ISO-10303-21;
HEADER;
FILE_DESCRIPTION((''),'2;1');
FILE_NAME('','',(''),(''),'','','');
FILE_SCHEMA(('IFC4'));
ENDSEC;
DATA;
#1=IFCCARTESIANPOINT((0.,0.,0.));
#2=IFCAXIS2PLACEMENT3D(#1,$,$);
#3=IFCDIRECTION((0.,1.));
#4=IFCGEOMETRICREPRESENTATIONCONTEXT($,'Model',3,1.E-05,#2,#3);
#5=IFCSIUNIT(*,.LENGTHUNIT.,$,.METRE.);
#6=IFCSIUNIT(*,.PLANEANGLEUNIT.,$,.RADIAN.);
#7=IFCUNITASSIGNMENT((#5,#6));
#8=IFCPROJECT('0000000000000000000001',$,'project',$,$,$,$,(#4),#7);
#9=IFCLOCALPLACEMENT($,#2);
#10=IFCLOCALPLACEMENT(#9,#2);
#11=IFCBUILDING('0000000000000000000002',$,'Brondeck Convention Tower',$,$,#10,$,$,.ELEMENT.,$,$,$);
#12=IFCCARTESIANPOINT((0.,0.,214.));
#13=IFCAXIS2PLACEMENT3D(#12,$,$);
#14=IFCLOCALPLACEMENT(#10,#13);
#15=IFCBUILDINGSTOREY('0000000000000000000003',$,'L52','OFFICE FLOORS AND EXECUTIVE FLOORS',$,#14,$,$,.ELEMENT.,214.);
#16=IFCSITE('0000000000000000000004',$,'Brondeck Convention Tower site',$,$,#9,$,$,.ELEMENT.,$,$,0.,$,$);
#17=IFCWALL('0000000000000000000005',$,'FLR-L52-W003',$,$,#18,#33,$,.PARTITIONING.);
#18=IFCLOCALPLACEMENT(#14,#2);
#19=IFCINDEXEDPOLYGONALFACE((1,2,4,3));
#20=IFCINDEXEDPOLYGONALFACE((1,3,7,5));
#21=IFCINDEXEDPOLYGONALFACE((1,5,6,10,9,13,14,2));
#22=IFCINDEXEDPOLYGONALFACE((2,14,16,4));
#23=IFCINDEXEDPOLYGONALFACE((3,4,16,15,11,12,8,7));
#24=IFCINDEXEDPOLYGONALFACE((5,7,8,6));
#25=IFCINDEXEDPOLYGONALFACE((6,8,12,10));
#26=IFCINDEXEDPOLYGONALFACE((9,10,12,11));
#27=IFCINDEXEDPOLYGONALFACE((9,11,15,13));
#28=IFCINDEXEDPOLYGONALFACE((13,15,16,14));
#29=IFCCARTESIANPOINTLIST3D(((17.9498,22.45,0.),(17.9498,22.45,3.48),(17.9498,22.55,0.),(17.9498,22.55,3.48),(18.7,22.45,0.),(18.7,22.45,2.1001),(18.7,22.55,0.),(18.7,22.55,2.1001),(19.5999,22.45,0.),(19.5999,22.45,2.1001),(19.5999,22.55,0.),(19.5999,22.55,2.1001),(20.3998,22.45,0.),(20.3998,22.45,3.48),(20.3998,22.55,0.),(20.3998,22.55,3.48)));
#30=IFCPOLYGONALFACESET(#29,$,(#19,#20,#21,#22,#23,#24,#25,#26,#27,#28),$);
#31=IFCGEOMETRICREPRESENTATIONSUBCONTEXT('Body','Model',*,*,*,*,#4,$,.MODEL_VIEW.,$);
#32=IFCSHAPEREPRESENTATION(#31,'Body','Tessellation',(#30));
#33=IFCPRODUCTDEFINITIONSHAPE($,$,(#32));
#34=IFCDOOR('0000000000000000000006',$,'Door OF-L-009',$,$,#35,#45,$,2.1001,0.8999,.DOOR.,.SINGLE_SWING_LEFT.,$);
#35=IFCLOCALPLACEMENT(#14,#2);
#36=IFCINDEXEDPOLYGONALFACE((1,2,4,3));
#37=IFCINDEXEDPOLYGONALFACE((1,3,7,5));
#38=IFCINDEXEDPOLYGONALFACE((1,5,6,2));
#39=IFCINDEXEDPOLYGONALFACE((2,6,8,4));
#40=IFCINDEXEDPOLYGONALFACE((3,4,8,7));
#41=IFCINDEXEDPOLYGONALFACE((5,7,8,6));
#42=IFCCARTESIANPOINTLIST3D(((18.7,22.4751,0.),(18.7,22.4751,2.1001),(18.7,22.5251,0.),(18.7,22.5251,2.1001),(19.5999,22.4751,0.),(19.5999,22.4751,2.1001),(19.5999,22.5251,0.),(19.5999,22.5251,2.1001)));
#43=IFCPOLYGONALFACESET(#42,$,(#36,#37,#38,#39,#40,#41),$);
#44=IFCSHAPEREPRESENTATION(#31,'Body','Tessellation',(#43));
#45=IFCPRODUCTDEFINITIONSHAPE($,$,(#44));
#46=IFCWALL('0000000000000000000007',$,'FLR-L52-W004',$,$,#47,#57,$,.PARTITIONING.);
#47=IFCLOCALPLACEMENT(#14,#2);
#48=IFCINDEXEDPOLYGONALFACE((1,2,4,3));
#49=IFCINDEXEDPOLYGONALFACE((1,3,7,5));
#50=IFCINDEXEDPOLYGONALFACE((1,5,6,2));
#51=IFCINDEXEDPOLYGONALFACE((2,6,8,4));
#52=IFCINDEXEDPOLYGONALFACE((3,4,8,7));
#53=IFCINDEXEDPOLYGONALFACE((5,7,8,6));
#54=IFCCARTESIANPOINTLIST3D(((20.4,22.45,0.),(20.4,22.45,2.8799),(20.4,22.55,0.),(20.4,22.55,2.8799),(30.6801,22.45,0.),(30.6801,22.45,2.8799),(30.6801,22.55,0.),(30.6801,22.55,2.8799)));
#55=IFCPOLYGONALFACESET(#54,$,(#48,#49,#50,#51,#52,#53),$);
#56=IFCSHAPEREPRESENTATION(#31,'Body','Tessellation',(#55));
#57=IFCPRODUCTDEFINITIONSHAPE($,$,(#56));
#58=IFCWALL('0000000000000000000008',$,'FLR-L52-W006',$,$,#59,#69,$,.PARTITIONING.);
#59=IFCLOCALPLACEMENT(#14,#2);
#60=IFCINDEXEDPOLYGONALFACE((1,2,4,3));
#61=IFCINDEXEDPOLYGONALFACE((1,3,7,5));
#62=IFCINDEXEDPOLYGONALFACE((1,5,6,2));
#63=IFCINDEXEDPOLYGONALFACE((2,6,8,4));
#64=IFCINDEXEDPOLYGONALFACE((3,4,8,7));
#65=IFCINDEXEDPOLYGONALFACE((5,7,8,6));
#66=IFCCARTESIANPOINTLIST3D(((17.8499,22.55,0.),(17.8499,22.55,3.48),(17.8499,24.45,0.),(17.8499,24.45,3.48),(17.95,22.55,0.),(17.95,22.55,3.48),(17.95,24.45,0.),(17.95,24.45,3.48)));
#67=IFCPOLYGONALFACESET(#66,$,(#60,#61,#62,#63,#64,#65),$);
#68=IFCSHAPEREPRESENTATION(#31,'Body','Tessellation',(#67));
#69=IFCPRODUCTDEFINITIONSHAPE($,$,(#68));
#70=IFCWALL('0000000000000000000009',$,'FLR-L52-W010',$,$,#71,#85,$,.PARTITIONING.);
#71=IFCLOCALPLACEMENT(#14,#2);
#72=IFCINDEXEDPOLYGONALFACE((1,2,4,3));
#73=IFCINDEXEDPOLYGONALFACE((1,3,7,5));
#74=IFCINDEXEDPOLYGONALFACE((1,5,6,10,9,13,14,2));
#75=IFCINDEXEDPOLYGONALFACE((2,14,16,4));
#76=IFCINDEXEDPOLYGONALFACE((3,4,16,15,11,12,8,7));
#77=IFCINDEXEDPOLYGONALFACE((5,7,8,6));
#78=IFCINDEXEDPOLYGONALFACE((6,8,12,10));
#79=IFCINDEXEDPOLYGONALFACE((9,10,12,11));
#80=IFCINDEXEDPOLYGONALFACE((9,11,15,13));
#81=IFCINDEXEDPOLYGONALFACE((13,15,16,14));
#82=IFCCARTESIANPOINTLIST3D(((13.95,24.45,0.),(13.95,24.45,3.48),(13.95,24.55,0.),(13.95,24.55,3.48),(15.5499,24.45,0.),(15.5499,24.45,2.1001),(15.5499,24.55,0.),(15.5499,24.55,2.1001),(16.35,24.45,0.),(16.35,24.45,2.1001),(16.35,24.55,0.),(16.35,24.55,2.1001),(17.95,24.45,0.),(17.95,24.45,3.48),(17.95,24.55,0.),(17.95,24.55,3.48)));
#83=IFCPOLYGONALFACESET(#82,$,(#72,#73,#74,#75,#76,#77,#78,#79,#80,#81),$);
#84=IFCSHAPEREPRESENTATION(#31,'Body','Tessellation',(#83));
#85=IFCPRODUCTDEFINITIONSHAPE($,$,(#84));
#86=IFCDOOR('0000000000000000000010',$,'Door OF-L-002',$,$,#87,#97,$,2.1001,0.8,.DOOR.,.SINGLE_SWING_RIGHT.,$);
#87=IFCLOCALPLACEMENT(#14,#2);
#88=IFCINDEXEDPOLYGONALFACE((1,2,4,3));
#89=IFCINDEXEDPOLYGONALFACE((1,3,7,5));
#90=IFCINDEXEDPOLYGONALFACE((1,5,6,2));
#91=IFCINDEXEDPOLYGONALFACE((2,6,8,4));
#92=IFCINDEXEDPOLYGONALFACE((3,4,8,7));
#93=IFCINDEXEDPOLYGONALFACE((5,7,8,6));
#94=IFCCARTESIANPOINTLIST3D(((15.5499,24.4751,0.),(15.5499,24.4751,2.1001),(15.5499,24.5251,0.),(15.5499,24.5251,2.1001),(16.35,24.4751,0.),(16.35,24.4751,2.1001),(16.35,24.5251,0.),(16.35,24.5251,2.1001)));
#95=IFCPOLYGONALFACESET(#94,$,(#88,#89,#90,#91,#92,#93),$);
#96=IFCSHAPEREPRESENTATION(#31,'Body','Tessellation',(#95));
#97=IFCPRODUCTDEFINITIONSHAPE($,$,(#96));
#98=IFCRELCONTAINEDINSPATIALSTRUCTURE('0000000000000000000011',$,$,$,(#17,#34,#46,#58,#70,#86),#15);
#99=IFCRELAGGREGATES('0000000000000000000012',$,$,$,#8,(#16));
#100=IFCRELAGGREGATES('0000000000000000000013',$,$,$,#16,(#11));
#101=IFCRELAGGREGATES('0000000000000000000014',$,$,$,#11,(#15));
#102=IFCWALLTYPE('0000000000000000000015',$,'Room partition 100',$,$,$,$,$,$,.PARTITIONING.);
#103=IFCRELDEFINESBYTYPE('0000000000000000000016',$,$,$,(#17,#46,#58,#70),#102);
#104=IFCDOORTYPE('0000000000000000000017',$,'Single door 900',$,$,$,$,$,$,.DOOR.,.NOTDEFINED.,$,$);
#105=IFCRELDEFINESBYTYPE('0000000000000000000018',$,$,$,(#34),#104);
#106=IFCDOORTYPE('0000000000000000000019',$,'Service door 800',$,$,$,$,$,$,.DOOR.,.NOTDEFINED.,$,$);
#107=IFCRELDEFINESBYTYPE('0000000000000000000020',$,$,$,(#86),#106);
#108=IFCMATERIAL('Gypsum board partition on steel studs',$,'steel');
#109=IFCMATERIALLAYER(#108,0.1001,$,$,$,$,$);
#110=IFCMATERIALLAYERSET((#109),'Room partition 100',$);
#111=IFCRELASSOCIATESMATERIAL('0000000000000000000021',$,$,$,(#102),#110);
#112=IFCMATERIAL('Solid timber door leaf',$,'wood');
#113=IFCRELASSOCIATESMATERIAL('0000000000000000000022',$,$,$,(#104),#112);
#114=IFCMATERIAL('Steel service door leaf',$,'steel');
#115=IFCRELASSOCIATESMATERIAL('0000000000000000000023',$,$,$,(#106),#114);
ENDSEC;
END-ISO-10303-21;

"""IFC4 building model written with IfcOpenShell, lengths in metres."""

from ifc_helpers import new_model, si_unit, direction, frame, frame_2d, origin, place, context, subcontext, project, spatial, rectangle, extrude, material, layer, layer_set, type_object, element, fill, save


model = new_model("IFC4")

# Units and contexts
model_context = context("Model", 3, precision=1e-05, world=origin(), true_north=direction((0.0, 1.0)))
body_context = subcontext(model_context, "Body", "Model", "MODEL_VIEW")
ifc_project = project(units=[si_unit("LENGTHUNIT", "METRE"), si_unit("PLANEANGLEUNIT", "RADIAN")], contexts=[model_context])

# Site, building, storey
site_placement = place(None, origin())
site = spatial("IfcSite", under=ifc_project, at=site_placement, Name="Brondeck Convention Tower site", CompositionType="ELEMENT", RefElevation=0.0)
building_placement = place(site_placement, origin())
building = spatial("IfcBuilding", under=site, at=building_placement, Name="Brondeck Convention Tower", CompositionType="ELEMENT")
storey_placement = place(building_placement, frame((0.0, 0.0, 214.0)))
storey = spatial("IfcBuildingStorey", under=building, at=storey_placement, Name="L52", Description="OFFICE FLOORS AND EXECUTIVE FLOORS", CompositionType="ELEMENT", Elevation=214.0)

# Shared definitions
ifc_material_1 = material(Name="Gypsum board partition on steel studs", Category="steel")
ifc_layer_1 = layer(ifc_material_1, 0.1001)
ifc_layer_set_1 = layer_set([ifc_layer_1], Name="Room partition 100")
wall_type_1 = type_object("IfcWallType", Name="Room partition 100", PredefinedType="PARTITIONING", material=ifc_layer_set_1)

# Wall, opening, door
wall_1_placement = place(storey_placement, frame((20.3999, 22.5, 0.0), z_axis=(0.0, 0.0, 1.0), x_axis=(-1.0, 0.0, 0.0)))
wall_1 = element("IfcWall", 1, at=wall_1_placement, inside=storey, type_object=wall_type_1, Name="FLR-L52-W003", PredefinedType="PARTITIONING", context=body_context, shape_type="SweptSolid", body=[
    extrude(rectangle(XDim=2.45, YDim=0.1001, at=frame_2d((1.2251, 0.0))), origin(), (0.0, 0.0, 1.0), 3.48),
])
opening_1_placement = place(wall_1_placement, frame((0.8, 0.0, 0.0)))
opening_1 = element("IfcOpeningElement", 2, at=opening_1_placement, cuts=wall_1, PredefinedType="OPENING", context=body_context, shape_type="SweptSolid", body=[
    extrude(rectangle(XDim=0.8999, YDim=2.1001, at=frame_2d((0.45, 1.05))), frame((0.0, 0.0601, 0.0), z_axis=(0.0, -1.0, 0.0), x_axis=(1.0, 0.0, 0.0)), (0.0, 0.0, 1.0), 0.1201),
])
ifc_material_2 = material(Name="Solid timber door leaf", Category="wood")
door_type_1 = type_object("IfcDoorType", Name="Single door 900", OperationType="NOTDEFINED", PredefinedType="DOOR", material=ifc_material_2)
door_1_placement = place(opening_1_placement, origin())
door_1 = element("IfcDoor", 3, at=door_1_placement, inside=storey, type_object=door_type_1, Name="Door OF-L-009", OperationType="SINGLE_SWING_LEFT", OverallHeight=2.1001, OverallWidth=0.8999, PredefinedType="DOOR", context=body_context, shape_type="SweptSolid", body=[
    extrude(rectangle(XDim=0.8999, YDim=2.1001, at=frame_2d((0.45, 1.05))), frame((0.0, 0.0249, 0.0), z_axis=(0.0, -1.0, 0.0), x_axis=(1.0, 0.0, 0.0)), (0.0, 0.0, 1.0), 0.05),
])
fill(opening_1, door_1)

# Walls
wall_2_placement = place(storey_placement, frame((20.3999, 22.5, 0.0), z_axis=(0.0, 0.0, 1.0), x_axis=(1.0, 0.0, 0.0)))
element("IfcWall", 4, at=wall_2_placement, inside=storey, type_object=wall_type_1, Name="FLR-L52-W004", PredefinedType="PARTITIONING", context=body_context, shape_type="SweptSolid", body=[
    extrude(rectangle(XDim=10.28, YDim=0.1001, at=frame_2d((5.1401, 0.0))), origin(), (0.0, 0.0, 1.0), 2.8799),
])
wall_3_placement = place(storey_placement, frame((17.8999, 22.55, 0.0), z_axis=(0.0, 0.0, 1.0), x_axis=(0.0, 1.0, 0.0)))
element("IfcWall", 5, at=wall_3_placement, inside=storey, type_object=wall_type_1, Name="FLR-L52-W006", PredefinedType="PARTITIONING", context=body_context, shape_type="SweptSolid", body=[
    extrude(rectangle(XDim=1.8999, YDim=0.1001, at=frame_2d((0.95, 0.0))), origin(), (0.0, 0.0, 1.0), 3.48),
])

# Wall, opening, door
wall_4_placement = place(storey_placement, frame((17.95, 24.5, 0.0), z_axis=(0.0, 0.0, 1.0), x_axis=(-1.0, 0.0, 0.0)))
wall_4 = element("IfcWall", 6, at=wall_4_placement, inside=storey, type_object=wall_type_1, Name="FLR-L52-W010", PredefinedType="PARTITIONING", context=body_context, shape_type="SweptSolid", body=[
    extrude(rectangle(XDim=4.0, YDim=0.1001, at=frame_2d((2.0, 0.0))), origin(), (0.0, 0.0, 1.0), 3.48),
])
opening_2_placement = place(wall_4_placement, frame((1.6001, 0.0, 0.0)))
opening_2 = element("IfcOpeningElement", 7, at=opening_2_placement, cuts=wall_4, PredefinedType="OPENING", context=body_context, shape_type="SweptSolid", body=[
    extrude(rectangle(XDim=0.8, YDim=2.1001, at=frame_2d((0.3999, 1.05))), frame((0.0, 0.0601, 0.0), z_axis=(0.0, -1.0, 0.0), x_axis=(1.0, 0.0, 0.0)), (0.0, 0.0, 1.0), 0.1201),
])
ifc_material_3 = material(Name="Steel service door leaf", Category="steel")
door_type_2 = type_object("IfcDoorType", Name="Service door 800", OperationType="NOTDEFINED", PredefinedType="DOOR", material=ifc_material_3)
door_2_placement = place(opening_2_placement, origin())
door_2 = element("IfcDoor", 8, at=door_2_placement, inside=storey, type_object=door_type_2, Name="Door OF-L-002", OperationType="SINGLE_SWING_RIGHT", OverallHeight=2.1001, OverallWidth=0.8, PredefinedType="DOOR", context=body_context, shape_type="SweptSolid", body=[
    extrude(rectangle(XDim=0.8, YDim=2.1001, at=frame_2d((0.3999, 1.05))), frame((0.0, 0.0249, 0.0), z_axis=(0.0, -1.0, 0.0), x_axis=(1.0, 0.0, 0.0)), (0.0, 0.0, 1.0), 0.05),
])
fill(opening_2, door_2)

save(model, "model.ifc")
